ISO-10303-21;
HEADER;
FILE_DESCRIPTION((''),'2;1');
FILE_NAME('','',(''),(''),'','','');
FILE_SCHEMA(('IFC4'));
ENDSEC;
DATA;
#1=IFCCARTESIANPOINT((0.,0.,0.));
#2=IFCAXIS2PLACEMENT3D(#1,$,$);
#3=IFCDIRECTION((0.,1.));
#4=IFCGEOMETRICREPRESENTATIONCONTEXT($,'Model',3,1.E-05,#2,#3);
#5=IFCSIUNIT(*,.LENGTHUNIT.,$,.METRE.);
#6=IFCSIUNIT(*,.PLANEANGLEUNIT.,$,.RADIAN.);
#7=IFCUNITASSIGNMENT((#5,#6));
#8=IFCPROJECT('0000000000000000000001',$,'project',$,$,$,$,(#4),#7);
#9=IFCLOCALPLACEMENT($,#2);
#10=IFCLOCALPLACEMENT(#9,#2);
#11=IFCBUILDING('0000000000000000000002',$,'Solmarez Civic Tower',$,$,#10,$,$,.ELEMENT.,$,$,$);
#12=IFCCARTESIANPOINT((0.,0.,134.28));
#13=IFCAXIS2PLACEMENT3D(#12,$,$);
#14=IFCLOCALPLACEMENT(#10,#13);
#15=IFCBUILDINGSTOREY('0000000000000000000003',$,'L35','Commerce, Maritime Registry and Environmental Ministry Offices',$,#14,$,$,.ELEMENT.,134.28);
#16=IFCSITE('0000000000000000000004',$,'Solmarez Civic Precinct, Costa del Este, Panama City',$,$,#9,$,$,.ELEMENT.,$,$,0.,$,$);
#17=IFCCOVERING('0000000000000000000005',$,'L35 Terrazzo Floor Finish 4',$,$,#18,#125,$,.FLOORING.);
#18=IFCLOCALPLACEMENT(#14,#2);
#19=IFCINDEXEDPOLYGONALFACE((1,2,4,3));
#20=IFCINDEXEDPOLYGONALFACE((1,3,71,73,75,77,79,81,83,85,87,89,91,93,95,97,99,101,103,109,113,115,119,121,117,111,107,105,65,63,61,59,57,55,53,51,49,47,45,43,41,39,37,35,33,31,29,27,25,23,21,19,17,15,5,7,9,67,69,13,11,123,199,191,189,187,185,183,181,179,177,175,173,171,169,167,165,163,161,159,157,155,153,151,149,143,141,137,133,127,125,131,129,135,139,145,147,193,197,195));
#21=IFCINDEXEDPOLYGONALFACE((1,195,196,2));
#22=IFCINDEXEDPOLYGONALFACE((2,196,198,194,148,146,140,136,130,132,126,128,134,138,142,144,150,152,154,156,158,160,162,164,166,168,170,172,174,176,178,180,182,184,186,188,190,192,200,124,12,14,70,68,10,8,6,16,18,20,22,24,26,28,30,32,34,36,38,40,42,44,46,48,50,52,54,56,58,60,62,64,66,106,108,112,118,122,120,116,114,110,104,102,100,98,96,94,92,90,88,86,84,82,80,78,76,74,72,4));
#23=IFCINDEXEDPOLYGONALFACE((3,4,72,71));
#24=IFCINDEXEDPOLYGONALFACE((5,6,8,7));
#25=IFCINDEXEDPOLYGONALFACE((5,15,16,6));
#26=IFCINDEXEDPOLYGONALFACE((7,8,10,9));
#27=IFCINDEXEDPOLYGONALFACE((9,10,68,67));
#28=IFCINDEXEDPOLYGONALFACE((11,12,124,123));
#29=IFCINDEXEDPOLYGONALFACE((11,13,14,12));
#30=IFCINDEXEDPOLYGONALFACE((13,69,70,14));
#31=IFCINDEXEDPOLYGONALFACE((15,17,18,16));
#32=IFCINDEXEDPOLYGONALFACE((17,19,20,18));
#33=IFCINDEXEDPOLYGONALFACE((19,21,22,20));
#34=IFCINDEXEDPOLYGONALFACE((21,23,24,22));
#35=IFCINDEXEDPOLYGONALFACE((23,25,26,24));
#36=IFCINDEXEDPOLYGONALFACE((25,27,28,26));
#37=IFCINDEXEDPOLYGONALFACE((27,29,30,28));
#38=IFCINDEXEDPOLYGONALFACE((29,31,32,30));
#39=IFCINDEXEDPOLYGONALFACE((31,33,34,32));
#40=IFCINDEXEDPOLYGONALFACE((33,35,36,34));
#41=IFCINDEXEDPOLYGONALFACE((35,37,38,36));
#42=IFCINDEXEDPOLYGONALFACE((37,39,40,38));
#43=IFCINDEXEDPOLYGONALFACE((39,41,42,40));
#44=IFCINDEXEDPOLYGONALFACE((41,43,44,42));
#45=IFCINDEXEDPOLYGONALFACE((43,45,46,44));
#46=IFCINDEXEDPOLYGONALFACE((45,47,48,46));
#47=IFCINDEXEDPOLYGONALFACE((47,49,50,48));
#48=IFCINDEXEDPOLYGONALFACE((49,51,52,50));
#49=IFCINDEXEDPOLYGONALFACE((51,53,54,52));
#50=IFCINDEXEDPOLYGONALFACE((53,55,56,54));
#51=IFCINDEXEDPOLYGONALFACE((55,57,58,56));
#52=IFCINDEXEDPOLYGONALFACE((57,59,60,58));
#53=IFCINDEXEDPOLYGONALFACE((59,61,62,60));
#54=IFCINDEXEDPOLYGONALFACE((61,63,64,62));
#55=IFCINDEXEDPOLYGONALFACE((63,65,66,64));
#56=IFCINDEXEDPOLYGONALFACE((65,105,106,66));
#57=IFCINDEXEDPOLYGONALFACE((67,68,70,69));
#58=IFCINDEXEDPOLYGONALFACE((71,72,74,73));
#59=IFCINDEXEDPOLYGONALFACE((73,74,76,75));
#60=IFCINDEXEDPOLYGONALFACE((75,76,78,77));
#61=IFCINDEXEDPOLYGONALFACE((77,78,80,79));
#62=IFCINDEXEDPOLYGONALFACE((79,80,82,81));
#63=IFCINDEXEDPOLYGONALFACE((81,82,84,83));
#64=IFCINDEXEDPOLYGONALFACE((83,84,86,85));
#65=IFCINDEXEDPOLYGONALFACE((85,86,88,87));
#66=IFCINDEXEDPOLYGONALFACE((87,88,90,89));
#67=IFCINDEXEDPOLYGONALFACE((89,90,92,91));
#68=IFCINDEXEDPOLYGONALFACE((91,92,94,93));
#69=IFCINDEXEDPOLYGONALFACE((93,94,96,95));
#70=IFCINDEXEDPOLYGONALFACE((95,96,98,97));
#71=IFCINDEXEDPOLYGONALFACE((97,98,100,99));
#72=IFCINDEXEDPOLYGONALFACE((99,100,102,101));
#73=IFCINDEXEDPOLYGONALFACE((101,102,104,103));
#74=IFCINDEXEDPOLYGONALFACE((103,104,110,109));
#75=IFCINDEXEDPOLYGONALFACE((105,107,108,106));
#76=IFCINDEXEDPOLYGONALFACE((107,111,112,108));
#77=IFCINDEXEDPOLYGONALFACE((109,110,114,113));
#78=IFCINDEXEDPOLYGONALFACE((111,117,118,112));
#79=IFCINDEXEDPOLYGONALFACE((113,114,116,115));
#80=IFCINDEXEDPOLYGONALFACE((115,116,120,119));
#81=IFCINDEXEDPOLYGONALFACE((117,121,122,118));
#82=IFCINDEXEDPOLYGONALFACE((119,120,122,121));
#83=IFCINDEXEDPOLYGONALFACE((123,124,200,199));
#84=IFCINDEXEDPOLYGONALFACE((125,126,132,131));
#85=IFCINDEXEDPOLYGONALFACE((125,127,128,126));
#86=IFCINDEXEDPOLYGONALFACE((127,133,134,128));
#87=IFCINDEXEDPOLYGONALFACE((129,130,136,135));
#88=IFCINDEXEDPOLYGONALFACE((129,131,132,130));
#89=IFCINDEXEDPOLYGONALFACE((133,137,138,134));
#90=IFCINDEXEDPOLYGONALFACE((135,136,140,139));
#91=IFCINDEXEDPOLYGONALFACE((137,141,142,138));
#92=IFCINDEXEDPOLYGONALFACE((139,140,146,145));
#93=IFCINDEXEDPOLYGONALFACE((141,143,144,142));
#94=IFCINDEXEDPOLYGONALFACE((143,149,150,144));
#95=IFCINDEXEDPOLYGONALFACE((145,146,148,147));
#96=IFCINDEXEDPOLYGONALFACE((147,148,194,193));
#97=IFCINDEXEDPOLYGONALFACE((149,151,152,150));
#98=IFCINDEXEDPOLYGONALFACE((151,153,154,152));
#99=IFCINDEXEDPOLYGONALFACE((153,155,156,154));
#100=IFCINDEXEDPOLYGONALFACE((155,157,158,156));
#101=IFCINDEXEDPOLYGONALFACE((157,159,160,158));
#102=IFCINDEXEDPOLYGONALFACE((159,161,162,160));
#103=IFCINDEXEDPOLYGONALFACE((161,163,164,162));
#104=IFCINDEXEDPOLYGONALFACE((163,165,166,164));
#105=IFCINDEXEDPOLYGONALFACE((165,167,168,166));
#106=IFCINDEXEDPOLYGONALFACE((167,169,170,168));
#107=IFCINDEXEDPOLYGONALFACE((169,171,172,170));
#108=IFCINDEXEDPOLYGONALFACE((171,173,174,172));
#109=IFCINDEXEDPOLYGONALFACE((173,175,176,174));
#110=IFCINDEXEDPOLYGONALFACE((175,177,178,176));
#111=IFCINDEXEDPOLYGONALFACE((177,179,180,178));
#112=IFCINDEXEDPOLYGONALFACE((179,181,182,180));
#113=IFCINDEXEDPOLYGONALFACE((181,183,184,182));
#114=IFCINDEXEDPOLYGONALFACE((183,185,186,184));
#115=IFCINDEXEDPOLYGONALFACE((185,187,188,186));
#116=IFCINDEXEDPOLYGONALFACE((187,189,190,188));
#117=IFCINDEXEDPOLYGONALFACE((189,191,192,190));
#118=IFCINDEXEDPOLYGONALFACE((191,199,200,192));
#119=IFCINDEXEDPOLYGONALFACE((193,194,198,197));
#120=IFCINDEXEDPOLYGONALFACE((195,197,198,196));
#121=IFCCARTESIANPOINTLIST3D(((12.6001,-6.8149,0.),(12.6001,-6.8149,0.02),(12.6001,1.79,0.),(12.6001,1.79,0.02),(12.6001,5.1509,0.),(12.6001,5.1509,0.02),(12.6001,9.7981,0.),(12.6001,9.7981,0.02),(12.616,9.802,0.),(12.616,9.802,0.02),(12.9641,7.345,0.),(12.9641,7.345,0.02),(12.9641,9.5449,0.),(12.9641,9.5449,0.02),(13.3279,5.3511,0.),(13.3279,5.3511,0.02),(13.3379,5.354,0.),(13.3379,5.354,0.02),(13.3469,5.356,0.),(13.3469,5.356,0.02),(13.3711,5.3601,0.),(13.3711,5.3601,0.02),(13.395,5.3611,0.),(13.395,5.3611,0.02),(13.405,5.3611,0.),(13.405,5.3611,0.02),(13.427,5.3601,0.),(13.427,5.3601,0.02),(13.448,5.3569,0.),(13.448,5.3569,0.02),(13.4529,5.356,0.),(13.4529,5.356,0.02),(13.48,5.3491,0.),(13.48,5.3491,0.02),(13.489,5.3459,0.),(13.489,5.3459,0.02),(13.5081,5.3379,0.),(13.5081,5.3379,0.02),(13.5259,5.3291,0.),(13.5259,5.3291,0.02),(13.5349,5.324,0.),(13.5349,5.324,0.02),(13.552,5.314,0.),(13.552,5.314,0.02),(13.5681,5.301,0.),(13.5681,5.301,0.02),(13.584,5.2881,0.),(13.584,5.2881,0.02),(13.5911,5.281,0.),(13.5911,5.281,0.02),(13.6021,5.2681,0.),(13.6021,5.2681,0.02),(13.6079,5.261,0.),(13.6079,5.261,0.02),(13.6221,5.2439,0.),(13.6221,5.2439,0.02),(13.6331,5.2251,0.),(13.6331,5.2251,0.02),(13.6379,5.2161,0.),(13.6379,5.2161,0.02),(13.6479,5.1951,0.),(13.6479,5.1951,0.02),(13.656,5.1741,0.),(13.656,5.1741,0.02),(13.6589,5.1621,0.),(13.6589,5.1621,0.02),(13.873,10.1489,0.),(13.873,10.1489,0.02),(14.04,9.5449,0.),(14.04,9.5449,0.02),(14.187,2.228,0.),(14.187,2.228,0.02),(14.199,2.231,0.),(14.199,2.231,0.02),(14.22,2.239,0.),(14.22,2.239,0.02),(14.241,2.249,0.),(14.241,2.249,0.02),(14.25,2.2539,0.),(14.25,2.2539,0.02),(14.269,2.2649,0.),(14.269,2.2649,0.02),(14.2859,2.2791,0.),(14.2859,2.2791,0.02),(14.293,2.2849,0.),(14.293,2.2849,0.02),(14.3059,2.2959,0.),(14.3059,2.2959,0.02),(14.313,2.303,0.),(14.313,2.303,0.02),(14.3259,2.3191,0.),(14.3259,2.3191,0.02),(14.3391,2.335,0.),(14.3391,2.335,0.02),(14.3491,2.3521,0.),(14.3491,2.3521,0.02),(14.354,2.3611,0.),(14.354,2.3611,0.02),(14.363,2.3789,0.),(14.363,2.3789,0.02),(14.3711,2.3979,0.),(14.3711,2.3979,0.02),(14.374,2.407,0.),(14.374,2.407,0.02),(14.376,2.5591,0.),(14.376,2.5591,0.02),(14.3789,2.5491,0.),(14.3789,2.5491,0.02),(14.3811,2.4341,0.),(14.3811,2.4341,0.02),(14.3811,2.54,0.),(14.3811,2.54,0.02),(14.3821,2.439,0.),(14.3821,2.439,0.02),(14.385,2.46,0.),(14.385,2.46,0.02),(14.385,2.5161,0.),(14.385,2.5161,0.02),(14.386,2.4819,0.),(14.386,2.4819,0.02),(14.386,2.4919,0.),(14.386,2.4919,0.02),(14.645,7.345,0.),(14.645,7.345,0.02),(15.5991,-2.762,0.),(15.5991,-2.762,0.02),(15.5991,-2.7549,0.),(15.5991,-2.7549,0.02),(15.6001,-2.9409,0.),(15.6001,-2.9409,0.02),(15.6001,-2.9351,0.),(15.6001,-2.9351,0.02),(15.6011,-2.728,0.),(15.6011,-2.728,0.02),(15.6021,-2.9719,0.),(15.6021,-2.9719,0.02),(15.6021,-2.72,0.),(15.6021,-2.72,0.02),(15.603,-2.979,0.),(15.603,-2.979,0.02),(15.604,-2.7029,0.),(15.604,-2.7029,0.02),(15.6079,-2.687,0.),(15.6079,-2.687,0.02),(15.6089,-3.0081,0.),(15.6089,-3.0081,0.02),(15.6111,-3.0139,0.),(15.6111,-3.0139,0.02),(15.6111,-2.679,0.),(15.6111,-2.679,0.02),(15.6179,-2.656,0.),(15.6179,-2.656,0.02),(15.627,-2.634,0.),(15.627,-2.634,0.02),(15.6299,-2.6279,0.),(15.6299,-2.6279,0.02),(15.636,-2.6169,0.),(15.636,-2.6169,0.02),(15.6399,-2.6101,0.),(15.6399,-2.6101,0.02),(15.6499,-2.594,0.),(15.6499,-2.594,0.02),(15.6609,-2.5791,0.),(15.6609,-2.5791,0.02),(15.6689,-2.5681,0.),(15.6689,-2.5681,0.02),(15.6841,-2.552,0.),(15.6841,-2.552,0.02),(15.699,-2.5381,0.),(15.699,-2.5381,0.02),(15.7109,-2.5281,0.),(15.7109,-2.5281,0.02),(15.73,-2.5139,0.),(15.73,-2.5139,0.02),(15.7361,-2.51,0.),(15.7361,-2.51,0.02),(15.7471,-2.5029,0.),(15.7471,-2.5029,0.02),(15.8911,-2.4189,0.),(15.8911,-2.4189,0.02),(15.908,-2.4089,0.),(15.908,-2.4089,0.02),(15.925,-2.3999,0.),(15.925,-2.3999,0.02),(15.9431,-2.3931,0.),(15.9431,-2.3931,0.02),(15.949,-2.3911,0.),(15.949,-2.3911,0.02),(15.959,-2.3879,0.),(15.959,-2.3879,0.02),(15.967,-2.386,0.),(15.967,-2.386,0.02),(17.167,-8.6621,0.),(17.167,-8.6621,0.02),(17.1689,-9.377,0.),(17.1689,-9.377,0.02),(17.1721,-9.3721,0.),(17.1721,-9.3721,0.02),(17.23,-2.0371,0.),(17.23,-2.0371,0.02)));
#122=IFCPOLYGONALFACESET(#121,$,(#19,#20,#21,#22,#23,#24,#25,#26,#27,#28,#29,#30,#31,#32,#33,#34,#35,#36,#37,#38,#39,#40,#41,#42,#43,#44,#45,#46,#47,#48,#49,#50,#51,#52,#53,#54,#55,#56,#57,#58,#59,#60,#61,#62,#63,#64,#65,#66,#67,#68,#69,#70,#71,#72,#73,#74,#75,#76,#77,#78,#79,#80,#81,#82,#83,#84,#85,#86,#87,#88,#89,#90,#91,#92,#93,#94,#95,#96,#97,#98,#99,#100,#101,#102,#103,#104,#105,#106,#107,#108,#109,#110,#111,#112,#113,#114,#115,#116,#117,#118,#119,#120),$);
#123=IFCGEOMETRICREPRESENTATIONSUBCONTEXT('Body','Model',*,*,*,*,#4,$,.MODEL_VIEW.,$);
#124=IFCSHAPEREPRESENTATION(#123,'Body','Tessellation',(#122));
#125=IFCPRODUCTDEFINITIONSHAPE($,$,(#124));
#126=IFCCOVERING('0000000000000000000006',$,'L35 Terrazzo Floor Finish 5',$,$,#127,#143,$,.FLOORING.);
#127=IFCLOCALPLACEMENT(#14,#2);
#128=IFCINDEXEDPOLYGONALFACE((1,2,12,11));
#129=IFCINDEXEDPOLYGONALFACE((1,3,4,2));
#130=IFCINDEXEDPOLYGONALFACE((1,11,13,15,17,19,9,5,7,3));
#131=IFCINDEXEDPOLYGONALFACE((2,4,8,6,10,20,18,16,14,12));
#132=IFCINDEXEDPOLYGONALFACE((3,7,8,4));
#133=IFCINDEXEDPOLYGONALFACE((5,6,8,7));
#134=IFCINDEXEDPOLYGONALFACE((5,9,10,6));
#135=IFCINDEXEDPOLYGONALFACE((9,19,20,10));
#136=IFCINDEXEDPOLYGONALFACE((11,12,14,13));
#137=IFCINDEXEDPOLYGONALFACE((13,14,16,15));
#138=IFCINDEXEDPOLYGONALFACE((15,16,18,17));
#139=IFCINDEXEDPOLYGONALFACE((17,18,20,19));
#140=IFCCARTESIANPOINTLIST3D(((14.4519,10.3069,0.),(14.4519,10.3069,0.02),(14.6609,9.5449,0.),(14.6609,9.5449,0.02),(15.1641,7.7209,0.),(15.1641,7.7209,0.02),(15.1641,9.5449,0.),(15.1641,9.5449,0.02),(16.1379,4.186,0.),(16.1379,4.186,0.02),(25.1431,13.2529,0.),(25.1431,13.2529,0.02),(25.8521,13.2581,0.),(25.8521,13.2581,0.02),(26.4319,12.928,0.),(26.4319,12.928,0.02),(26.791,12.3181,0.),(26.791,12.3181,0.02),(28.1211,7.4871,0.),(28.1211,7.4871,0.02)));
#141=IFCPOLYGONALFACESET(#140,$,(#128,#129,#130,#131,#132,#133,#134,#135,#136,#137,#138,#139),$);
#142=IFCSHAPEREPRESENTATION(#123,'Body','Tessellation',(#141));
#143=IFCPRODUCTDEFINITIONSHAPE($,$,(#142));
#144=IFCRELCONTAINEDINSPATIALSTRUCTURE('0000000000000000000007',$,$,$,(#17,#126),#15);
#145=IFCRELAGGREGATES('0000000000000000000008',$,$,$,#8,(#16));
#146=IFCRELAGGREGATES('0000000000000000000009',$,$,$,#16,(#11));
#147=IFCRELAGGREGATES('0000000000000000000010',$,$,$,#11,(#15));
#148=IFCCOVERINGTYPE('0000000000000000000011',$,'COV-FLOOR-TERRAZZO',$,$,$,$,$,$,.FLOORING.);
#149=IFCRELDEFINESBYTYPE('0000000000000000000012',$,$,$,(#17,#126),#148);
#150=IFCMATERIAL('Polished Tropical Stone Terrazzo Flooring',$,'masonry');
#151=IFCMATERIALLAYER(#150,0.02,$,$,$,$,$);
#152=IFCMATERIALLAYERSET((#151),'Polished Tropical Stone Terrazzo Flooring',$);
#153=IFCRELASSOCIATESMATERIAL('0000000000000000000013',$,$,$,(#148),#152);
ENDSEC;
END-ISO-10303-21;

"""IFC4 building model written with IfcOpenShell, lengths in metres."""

from ifc_helpers import new_model, si_unit, direction, frame, origin, place, context, subcontext, project, spatial, polyline, outline, extrude, material, layer, layer_set, type_object, element, save


model = new_model("IFC4")

# Units and contexts
model_context = context("Model", 3, precision=1e-05, world=origin(), true_north=direction((0.0, 1.0)))
body_context = subcontext(model_context, "Body", "Model", "MODEL_VIEW")
ifc_project = project(units=[si_unit("LENGTHUNIT", "METRE"), si_unit("PLANEANGLEUNIT", "RADIAN")], contexts=[model_context])

# Site, building, storey
site_placement = place(None, origin())
site = spatial("IfcSite", under=ifc_project, at=site_placement, Name="Solmarez Civic Precinct, Costa del Este, Panama City", CompositionType="ELEMENT", RefElevation=0.0)
building_placement = place(site_placement, origin())
building = spatial("IfcBuilding", under=site, at=building_placement, Name="Solmarez Civic Tower", CompositionType="ELEMENT")
storey_placement = place(building_placement, frame((0.0, 0.0, 134.28)))
storey = spatial("IfcBuildingStorey", under=building, at=storey_placement, Name="L35", Description="Commerce, Maritime Registry and Environmental Ministry Offices", CompositionType="ELEMENT", Elevation=134.28)

# Coverings
ifc_material_1 = material(Name="Polished Tropical Stone Terrazzo Flooring", Category="masonry")
ifc_layer_1 = layer(ifc_material_1, 0.02)
ifc_layer_set_1 = layer_set([ifc_layer_1], Name="Polished Tropical Stone Terrazzo Flooring")
covering_type_1 = type_object("IfcCoveringType", Name="COV-FLOOR-TERRAZZO", PredefinedType="FLOORING", material=ifc_layer_set_1)
covering_1_placement = place(storey_placement, origin())
element("IfcCovering", 1, at=covering_1_placement, inside=storey, type_object=covering_type_1, Name="L35 Terrazzo Floor Finish 4", PredefinedType="FLOORING", context=body_context, shape_type="SweptSolid", body=[
    extrude(outline(polyline([(13.6589, 5.1621), (14.376, 2.5591), (14.3789, 2.5491), (14.3811, 2.54), (14.385, 2.5161), (14.386, 2.4919), (14.386, 2.4819), (14.385, 2.46), (14.3821, 2.439), (14.3811, 2.4341), (14.374, 2.407), (14.3711, 2.3979), (14.363, 2.3789), (14.354, 2.3611), (14.3491, 2.3521), (14.3391, 2.335), (14.3259, 2.3191), (14.313, 2.303), (14.3059, 2.2959), (14.293, 2.2849), (14.2859, 2.2791), (14.269, 2.2649), (14.25, 2.2539), (14.241, 2.249), (14.22, 2.239), (14.199, 2.231), (14.187, 2.228), (12.6001, 1.79), (12.6001, -6.8149), (17.1689, -9.377), (17.1721, -9.3721), (17.167, -8.6621), (15.6111, -3.0139), (15.6089, -3.0081), (15.603, -2.979), (15.6021, -2.9719), (15.6001, -2.9409), (15.6001, -2.9351), (15.5991, -2.762), (15.5991, -2.7549), (15.6011, -2.728), (15.6021, -2.72), (15.604, -2.7029), (15.6079, -2.687), (15.6111, -2.679), (15.6179, -2.656), (15.627, -2.634), (15.6299, -2.6279), (15.636, -2.6169), (15.6399, -2.6101), (15.6499, -2.594), (15.6609, -2.5791), (15.6689, -2.5681), (15.6841, -2.552), (15.699, -2.5381), (15.7109, -2.5281), (15.73, -2.5139), (15.7361, -2.51), (15.7471, -2.5029), (15.8911, -2.4189), (15.908, -2.4089), (15.925, -2.3999), (15.9431, -2.3931), (15.949, -2.3911), (15.959, -2.3879), (15.967, -2.386), (17.23, -2.0371), (14.645, 7.345), (12.9641, 7.345), (12.9641, 9.5449), (14.04, 9.5449), (13.873, 10.1489), (12.616, 9.802), (12.6001, 9.7981), (12.6001, 5.1509), (13.3279, 5.3511), (13.3379, 5.354), (13.3469, 5.356), (13.3711, 5.3601), (13.395, 5.3611), (13.405, 5.3611), (13.427, 5.3601), (13.448, 5.3569), (13.4529, 5.356), (13.48, 5.3491), (13.489, 5.3459), (13.5081, 5.3379), (13.5259, 5.3291), (13.5349, 5.324), (13.552, 5.314), (13.5681, 5.301), (13.584, 5.2881), (13.5911, 5.281), (13.6021, 5.2681), (13.6079, 5.261), (13.6221, 5.2439), (13.6331, 5.2251), (13.6379, 5.2161), (13.6479, 5.1951), (13.656, 5.1741), (13.6589, 5.1621)])), origin(), (0.0, 0.0, 1.0), 0.02),
])
covering_2_placement = place(storey_placement, origin())
element("IfcCovering", 2, at=covering_2_placement, inside=storey, type_object=covering_type_1, Name="L35 Terrazzo Floor Finish 5", PredefinedType="FLOORING", context=body_context, shape_type="SweptSolid", body=[
    extrude(outline(polyline([(28.1211, 7.4871), (26.791, 12.3181), (26.4319, 12.928), (25.8521, 13.2581), (25.1431, 13.2529), (14.4519, 10.3069), (14.6609, 9.5449), (15.1641, 9.5449), (15.1641, 7.7209), (16.1379, 4.186), (28.1211, 7.4871)])), origin(), (0.0, 0.0, 1.0), 0.02),
])

save(model, "model.ifc")
